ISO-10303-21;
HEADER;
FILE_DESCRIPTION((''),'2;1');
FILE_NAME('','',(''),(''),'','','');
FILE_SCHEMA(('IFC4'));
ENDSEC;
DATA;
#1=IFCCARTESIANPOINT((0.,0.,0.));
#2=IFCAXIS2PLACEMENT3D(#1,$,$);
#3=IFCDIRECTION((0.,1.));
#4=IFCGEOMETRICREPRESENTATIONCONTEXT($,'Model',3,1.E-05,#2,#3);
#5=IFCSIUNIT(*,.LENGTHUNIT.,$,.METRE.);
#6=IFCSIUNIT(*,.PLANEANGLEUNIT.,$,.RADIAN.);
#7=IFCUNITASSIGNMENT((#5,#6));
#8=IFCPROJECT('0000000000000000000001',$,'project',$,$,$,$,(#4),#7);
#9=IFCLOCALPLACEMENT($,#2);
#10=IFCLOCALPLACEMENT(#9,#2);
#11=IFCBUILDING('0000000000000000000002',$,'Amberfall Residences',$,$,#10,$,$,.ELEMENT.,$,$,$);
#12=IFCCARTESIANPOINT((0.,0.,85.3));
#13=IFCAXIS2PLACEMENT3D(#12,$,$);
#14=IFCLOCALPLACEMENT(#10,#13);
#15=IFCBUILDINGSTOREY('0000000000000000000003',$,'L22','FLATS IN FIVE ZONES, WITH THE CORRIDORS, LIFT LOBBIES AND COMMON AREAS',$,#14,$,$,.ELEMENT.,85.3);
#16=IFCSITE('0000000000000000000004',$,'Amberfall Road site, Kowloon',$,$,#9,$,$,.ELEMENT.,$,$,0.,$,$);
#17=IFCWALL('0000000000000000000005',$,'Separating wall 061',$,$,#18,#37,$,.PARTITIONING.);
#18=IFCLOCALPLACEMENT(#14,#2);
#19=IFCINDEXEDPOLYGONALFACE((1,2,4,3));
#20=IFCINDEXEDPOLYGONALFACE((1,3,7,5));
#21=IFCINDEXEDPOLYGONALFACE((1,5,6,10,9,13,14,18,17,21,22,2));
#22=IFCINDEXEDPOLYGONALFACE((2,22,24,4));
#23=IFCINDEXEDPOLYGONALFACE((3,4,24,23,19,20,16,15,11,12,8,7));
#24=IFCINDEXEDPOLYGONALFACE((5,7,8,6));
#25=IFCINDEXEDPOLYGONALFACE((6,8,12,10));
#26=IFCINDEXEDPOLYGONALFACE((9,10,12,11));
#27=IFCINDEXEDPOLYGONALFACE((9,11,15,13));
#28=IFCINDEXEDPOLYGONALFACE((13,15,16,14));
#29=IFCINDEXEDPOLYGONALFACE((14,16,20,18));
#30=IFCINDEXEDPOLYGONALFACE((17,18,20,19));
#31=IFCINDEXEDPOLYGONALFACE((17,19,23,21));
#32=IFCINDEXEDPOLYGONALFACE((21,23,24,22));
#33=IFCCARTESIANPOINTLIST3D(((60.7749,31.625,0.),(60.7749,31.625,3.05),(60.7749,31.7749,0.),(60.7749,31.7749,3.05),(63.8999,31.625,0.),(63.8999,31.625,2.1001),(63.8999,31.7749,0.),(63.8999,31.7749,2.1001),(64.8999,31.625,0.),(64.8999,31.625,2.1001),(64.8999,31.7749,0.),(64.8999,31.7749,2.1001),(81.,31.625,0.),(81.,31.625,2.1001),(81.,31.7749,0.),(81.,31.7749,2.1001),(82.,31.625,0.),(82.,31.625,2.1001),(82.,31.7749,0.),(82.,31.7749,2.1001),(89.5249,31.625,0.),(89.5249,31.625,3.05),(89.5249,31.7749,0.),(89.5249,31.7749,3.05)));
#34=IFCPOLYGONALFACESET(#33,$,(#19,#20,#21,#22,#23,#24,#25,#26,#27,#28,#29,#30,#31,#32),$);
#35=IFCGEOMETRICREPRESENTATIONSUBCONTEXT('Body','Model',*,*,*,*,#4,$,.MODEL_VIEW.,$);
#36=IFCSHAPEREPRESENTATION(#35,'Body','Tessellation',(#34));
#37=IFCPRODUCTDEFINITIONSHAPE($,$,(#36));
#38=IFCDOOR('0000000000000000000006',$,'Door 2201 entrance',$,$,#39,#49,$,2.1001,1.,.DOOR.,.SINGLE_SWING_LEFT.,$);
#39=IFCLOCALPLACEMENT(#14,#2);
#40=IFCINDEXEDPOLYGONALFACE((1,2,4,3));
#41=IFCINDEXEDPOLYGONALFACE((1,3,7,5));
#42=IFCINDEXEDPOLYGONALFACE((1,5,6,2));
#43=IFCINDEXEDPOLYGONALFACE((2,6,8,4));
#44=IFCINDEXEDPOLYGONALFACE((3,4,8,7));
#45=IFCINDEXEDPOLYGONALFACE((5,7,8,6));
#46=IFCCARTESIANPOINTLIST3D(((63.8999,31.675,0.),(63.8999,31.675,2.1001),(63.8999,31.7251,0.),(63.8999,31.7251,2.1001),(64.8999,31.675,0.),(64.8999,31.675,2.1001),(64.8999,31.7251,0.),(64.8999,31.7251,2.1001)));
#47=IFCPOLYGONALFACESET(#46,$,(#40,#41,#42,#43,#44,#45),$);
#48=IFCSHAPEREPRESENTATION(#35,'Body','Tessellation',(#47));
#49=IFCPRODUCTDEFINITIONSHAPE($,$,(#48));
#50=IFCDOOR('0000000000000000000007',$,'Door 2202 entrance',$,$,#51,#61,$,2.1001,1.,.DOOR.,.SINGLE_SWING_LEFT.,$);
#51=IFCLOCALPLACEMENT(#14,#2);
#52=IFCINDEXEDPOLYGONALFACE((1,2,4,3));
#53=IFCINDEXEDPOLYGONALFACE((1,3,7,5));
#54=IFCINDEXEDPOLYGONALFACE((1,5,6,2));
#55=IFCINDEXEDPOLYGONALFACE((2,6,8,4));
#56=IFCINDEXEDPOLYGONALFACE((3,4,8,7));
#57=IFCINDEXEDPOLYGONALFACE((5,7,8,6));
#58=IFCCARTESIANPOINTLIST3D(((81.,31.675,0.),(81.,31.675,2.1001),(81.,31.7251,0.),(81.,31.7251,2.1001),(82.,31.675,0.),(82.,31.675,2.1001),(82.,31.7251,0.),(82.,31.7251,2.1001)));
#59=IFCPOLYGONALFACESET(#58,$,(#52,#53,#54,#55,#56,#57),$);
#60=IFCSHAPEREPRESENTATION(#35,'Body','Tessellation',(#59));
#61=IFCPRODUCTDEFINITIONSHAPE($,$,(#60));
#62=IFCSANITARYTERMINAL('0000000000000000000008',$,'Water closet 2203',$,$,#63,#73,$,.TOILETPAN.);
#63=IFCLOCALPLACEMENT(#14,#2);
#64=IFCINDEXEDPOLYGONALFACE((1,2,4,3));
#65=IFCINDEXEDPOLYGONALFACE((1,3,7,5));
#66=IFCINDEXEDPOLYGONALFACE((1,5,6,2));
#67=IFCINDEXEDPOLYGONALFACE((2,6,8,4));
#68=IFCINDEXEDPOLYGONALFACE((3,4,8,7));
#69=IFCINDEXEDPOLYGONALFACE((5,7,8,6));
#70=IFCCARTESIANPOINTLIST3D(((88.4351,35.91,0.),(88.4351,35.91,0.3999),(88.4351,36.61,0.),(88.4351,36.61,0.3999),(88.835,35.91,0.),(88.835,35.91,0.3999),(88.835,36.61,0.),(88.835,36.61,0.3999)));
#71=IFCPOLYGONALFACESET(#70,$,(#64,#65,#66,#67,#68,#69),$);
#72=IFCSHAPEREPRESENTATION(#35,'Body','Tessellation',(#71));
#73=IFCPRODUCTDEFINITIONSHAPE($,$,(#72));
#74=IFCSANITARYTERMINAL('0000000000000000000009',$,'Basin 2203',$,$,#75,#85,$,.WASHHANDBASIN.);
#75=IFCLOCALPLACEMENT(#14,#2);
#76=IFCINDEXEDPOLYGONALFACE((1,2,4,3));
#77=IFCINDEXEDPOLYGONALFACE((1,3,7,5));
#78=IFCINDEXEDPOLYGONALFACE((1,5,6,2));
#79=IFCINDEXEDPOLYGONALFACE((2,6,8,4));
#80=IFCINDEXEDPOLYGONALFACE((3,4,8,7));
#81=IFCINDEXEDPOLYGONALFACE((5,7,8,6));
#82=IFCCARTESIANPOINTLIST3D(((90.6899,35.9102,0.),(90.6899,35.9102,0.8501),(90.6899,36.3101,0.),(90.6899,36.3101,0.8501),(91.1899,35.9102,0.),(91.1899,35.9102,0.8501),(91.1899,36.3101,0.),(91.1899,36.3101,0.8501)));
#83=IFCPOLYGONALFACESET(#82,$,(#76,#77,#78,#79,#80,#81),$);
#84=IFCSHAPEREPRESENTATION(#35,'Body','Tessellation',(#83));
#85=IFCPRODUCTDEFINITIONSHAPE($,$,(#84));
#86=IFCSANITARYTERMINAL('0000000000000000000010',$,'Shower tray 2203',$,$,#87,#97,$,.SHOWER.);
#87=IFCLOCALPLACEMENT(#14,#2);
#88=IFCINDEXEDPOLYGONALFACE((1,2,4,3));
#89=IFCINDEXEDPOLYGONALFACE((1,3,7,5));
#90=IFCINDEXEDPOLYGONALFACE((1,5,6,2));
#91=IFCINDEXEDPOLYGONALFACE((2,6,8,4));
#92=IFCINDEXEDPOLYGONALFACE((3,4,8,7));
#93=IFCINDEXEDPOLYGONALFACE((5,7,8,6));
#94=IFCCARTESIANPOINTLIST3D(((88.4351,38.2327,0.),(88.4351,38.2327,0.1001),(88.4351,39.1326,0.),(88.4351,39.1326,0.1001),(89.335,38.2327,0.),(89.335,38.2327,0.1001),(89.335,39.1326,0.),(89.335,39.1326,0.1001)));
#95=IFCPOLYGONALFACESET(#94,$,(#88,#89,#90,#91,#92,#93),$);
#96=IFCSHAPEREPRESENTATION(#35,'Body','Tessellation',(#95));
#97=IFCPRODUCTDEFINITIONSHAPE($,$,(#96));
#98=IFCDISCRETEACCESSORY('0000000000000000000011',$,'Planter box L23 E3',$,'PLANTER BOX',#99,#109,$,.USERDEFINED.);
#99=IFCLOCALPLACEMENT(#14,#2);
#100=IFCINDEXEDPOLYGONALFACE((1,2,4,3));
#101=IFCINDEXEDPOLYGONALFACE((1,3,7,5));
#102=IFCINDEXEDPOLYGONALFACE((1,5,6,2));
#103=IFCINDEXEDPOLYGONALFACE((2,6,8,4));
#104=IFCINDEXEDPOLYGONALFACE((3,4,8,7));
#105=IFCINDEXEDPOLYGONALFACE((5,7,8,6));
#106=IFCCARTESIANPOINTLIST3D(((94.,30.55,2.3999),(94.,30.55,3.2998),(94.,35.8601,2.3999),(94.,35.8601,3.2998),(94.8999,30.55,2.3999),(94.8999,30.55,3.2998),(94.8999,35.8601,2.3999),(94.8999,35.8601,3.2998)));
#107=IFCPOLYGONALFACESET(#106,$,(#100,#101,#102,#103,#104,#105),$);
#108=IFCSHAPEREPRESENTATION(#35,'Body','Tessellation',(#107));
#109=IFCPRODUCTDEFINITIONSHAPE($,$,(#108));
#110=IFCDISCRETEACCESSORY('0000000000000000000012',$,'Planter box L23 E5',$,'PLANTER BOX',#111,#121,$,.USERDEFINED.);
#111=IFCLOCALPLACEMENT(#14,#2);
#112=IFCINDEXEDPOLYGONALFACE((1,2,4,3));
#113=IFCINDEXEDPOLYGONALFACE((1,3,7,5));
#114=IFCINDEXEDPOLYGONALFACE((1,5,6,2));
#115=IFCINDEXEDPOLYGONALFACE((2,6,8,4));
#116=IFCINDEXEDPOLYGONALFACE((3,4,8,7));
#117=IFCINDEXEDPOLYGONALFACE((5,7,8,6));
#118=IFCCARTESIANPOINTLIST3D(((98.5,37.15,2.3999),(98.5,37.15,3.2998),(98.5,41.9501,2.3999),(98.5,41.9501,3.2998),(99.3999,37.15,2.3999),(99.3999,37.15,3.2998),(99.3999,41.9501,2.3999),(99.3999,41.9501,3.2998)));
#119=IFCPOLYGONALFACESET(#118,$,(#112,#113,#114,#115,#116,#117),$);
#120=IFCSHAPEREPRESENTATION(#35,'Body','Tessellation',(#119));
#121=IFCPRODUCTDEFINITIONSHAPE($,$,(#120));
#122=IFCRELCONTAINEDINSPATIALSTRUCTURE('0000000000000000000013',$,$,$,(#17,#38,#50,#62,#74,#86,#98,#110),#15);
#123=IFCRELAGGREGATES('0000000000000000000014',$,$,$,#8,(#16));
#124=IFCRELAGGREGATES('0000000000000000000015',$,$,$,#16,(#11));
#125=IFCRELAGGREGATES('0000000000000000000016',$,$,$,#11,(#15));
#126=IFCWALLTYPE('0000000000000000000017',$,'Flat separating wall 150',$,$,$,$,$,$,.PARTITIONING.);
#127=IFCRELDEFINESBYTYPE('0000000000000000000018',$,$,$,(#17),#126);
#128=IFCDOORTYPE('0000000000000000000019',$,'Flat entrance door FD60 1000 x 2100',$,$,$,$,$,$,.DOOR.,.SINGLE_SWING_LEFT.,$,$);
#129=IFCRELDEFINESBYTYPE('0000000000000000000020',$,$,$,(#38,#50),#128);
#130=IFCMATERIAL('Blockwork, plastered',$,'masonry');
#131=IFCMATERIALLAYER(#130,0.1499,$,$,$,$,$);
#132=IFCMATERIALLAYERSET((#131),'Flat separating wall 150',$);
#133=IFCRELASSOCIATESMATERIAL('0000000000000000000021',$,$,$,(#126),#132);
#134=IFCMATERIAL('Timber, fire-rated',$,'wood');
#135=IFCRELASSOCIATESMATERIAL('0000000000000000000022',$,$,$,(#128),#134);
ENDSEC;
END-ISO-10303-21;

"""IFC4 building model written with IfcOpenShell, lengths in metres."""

from ifc_helpers import new_model, si_unit, direction, frame, frame_2d, origin, origin_2d, place, context, subcontext, project, spatial, rectangle, extrude, material, layer, layer_set, type_object, element, fill, save


model = new_model("IFC4")

# Units and contexts
model_context = context("Model", 3, precision=1e-05, world=origin(), true_north=direction((0.0, 1.0)))
body_context = subcontext(model_context, "Body", "Model", "MODEL_VIEW")
ifc_project = project(units=[si_unit("LENGTHUNIT", "METRE"), si_unit("PLANEANGLEUNIT", "RADIAN")], contexts=[model_context])

# Site, building, storey
site_placement = place(None, origin())
site = spatial("IfcSite", under=ifc_project, at=site_placement, Name="Amberfall Road site, Kowloon", CompositionType="ELEMENT", RefElevation=0.0)
building_placement = place(site_placement, origin())
building = spatial("IfcBuilding", under=site, at=building_placement, Name="Amberfall Residences", CompositionType="ELEMENT")
storey_placement = place(building_placement, frame((0.0, 0.0, 85.3)))
storey = spatial("IfcBuildingStorey", under=building, at=storey_placement, Name="L22", Description="FLATS IN FIVE ZONES, WITH THE CORRIDORS, LIFT LOBBIES AND COMMON AREAS", CompositionType="ELEMENT", Elevation=85.3)

# Shared definitions
ifc_material_1 = material(Name="Blockwork, plastered", Category="masonry")
ifc_layer_1 = layer(ifc_material_1, 0.1499)
ifc_layer_set_1 = layer_set([ifc_layer_1], Name="Flat separating wall 150")
wall_type_1 = type_object("IfcWallType", Name="Flat separating wall 150", PredefinedType="PARTITIONING", material=ifc_layer_set_1)

# Wall, openings, doors
wall_1_placement = place(storey_placement, frame((89.5249, 31.7, 0.0), z_axis=(0.0, 0.0, 1.0), x_axis=(-1.0, 0.0, 0.0)))
wall_1 = element("IfcWall", 1, at=wall_1_placement, inside=storey, type_object=wall_type_1, Name="Separating wall 061", PredefinedType="PARTITIONING", context=body_context, shape_type="SweptSolid", body=[
    extrude(rectangle(XDim=28.75, YDim=0.1499, at=frame_2d((14.375, 0.0))), origin(), (0.0, 0.0, 1.0), 3.05),
])
opening_1_placement = place(wall_1_placement, frame((24.625, 0.0, 0.0)))
opening_1 = element("IfcOpeningElement", 2, at=opening_1_placement, cuts=wall_1, PredefinedType="OPENING", context=body_context, shape_type="SweptSolid", body=[
    extrude(rectangle(XDim=1.0, YDim=2.1001, at=frame_2d((0.5, 1.05))), frame((0.0, 0.085, 0.0), z_axis=(0.0, -1.0, 0.0), x_axis=(1.0, 0.0, 0.0)), (0.0, 0.0, 1.0), 0.1699),
])
opening_2_placement = place(wall_1_placement, frame((7.5249, 0.0, 0.0)))
opening_2 = element("IfcOpeningElement", 3, at=opening_2_placement, cuts=wall_1, PredefinedType="OPENING", context=body_context, shape_type="SweptSolid", body=[
    extrude(rectangle(XDim=1.0, YDim=2.1001, at=frame_2d((0.5, 1.05))), frame((0.0, 0.085, 0.0), z_axis=(0.0, -1.0, 0.0), x_axis=(1.0, 0.0, 0.0)), (0.0, 0.0, 1.0), 0.1699),
])
ifc_material_2 = material(Name="Timber, fire-rated", Category="wood")
door_type_1 = type_object("IfcDoorType", Name="Flat entrance door FD60 1000 x 2100", OperationType="SINGLE_SWING_LEFT", PredefinedType="DOOR", material=ifc_material_2)
door_1_placement = place(opening_1_placement, origin())
door_1 = element("IfcDoor", 4, at=door_1_placement, inside=storey, type_object=door_type_1, Name="Door 2201 entrance", OperationType="SINGLE_SWING_LEFT", OverallHeight=2.1001, OverallWidth=1.0, PredefinedType="DOOR", context=body_context, shape_type="SweptSolid", body=[
    extrude(rectangle(XDim=1.0, YDim=2.1001, at=frame_2d((0.5, 1.05))), frame((0.0, 0.0249, 0.0), z_axis=(0.0, -1.0, 0.0), x_axis=(1.0, 0.0, 0.0)), (0.0, 0.0, 1.0), 0.05),
])
fill(opening_1, door_1)
door_2_placement = place(opening_2_placement, origin())
door_2 = element("IfcDoor", 5, at=door_2_placement, inside=storey, type_object=door_type_1, Name="Door 2202 entrance", OperationType="SINGLE_SWING_LEFT", OverallHeight=2.1001, OverallWidth=1.0, PredefinedType="DOOR", context=body_context, shape_type="SweptSolid", body=[
    extrude(rectangle(XDim=1.0, YDim=2.1001, at=frame_2d((0.5, 1.05))), frame((0.0, 0.0249, 0.0), z_axis=(0.0, -1.0, 0.0), x_axis=(1.0, 0.0, 0.0)), (0.0, 0.0, 1.0), 0.05),
])
fill(opening_2, door_2)

# Sanitary terminals
sanitary_terminal_1_placement = place(storey_placement, frame((88.635, 36.26, 0.0), z_axis=(0.0, 0.0, 1.0), x_axis=(1.0, 0.0, 0.0)))
element("IfcSanitaryTerminal", 6, at=sanitary_terminal_1_placement, inside=storey, Name="Water closet 2203", PredefinedType="TOILETPAN", context=body_context, shape_type="SweptSolid", body=[
    extrude(rectangle(XDim=0.3999, YDim=0.7, at=origin_2d()), origin(), (0.0, 0.0, 1.0), 0.3999),
])
sanitary_terminal_2_placement = place(storey_placement, frame((90.9399, 36.1101, 0.0), z_axis=(0.0, 0.0, 1.0), x_axis=(1.0, 0.0, 0.0)))
element("IfcSanitaryTerminal", 7, at=sanitary_terminal_2_placement, inside=storey, Name="Basin 2203", PredefinedType="WASHHANDBASIN", context=body_context, shape_type="SweptSolid", body=[
    extrude(rectangle(XDim=0.5, YDim=0.3999, at=origin_2d()), origin(), (0.0, 0.0, 1.0), 0.8501),
])
sanitary_terminal_3_placement = place(storey_placement, frame((88.885, 38.6826, 0.0), z_axis=(0.0, 0.0, 1.0), x_axis=(1.0, 0.0, 0.0)))
element("IfcSanitaryTerminal", 8, at=sanitary_terminal_3_placement, inside=storey, Name="Shower tray 2203", PredefinedType="SHOWER", context=body_context, shape_type="SweptSolid", body=[
    extrude(rectangle(XDim=0.8999, YDim=0.8999, at=origin_2d()), origin(), (0.0, 0.0, 1.0), 0.1001),
])

# Discrete accessories
discrete_accessory_1_placement = place(storey_placement, frame((94.45, 33.2051, 2.3999), z_axis=(0.0, 0.0, 1.0), x_axis=(0.0, 1.0, 0.0)))
element("IfcDiscreteAccessory", 9, at=discrete_accessory_1_placement, inside=storey, Name="Planter box L23 E3", ObjectType="PLANTER BOX", PredefinedType="USERDEFINED", context=body_context, shape_type="SweptSolid", body=[
    extrude(rectangle(XDim=5.3101, YDim=0.8999, at=origin_2d()), origin(), (0.0, 0.0, 1.0), 0.8999),
])
discrete_accessory_2_placement = place(storey_placement, frame((98.95, 39.55, 2.3999), z_axis=(0.0, 0.0, 1.0), x_axis=(0.0, 1.0, 0.0)))
element("IfcDiscreteAccessory", 10, at=discrete_accessory_2_placement, inside=storey, Name="Planter box L23 E5", ObjectType="PLANTER BOX", PredefinedType="USERDEFINED", context=body_context, shape_type="SweptSolid", body=[
    extrude(rectangle(XDim=4.8, YDim=0.8999, at=origin_2d()), origin(), (0.0, 0.0, 1.0), 0.8999),
])

save(model, "model.ifc")
